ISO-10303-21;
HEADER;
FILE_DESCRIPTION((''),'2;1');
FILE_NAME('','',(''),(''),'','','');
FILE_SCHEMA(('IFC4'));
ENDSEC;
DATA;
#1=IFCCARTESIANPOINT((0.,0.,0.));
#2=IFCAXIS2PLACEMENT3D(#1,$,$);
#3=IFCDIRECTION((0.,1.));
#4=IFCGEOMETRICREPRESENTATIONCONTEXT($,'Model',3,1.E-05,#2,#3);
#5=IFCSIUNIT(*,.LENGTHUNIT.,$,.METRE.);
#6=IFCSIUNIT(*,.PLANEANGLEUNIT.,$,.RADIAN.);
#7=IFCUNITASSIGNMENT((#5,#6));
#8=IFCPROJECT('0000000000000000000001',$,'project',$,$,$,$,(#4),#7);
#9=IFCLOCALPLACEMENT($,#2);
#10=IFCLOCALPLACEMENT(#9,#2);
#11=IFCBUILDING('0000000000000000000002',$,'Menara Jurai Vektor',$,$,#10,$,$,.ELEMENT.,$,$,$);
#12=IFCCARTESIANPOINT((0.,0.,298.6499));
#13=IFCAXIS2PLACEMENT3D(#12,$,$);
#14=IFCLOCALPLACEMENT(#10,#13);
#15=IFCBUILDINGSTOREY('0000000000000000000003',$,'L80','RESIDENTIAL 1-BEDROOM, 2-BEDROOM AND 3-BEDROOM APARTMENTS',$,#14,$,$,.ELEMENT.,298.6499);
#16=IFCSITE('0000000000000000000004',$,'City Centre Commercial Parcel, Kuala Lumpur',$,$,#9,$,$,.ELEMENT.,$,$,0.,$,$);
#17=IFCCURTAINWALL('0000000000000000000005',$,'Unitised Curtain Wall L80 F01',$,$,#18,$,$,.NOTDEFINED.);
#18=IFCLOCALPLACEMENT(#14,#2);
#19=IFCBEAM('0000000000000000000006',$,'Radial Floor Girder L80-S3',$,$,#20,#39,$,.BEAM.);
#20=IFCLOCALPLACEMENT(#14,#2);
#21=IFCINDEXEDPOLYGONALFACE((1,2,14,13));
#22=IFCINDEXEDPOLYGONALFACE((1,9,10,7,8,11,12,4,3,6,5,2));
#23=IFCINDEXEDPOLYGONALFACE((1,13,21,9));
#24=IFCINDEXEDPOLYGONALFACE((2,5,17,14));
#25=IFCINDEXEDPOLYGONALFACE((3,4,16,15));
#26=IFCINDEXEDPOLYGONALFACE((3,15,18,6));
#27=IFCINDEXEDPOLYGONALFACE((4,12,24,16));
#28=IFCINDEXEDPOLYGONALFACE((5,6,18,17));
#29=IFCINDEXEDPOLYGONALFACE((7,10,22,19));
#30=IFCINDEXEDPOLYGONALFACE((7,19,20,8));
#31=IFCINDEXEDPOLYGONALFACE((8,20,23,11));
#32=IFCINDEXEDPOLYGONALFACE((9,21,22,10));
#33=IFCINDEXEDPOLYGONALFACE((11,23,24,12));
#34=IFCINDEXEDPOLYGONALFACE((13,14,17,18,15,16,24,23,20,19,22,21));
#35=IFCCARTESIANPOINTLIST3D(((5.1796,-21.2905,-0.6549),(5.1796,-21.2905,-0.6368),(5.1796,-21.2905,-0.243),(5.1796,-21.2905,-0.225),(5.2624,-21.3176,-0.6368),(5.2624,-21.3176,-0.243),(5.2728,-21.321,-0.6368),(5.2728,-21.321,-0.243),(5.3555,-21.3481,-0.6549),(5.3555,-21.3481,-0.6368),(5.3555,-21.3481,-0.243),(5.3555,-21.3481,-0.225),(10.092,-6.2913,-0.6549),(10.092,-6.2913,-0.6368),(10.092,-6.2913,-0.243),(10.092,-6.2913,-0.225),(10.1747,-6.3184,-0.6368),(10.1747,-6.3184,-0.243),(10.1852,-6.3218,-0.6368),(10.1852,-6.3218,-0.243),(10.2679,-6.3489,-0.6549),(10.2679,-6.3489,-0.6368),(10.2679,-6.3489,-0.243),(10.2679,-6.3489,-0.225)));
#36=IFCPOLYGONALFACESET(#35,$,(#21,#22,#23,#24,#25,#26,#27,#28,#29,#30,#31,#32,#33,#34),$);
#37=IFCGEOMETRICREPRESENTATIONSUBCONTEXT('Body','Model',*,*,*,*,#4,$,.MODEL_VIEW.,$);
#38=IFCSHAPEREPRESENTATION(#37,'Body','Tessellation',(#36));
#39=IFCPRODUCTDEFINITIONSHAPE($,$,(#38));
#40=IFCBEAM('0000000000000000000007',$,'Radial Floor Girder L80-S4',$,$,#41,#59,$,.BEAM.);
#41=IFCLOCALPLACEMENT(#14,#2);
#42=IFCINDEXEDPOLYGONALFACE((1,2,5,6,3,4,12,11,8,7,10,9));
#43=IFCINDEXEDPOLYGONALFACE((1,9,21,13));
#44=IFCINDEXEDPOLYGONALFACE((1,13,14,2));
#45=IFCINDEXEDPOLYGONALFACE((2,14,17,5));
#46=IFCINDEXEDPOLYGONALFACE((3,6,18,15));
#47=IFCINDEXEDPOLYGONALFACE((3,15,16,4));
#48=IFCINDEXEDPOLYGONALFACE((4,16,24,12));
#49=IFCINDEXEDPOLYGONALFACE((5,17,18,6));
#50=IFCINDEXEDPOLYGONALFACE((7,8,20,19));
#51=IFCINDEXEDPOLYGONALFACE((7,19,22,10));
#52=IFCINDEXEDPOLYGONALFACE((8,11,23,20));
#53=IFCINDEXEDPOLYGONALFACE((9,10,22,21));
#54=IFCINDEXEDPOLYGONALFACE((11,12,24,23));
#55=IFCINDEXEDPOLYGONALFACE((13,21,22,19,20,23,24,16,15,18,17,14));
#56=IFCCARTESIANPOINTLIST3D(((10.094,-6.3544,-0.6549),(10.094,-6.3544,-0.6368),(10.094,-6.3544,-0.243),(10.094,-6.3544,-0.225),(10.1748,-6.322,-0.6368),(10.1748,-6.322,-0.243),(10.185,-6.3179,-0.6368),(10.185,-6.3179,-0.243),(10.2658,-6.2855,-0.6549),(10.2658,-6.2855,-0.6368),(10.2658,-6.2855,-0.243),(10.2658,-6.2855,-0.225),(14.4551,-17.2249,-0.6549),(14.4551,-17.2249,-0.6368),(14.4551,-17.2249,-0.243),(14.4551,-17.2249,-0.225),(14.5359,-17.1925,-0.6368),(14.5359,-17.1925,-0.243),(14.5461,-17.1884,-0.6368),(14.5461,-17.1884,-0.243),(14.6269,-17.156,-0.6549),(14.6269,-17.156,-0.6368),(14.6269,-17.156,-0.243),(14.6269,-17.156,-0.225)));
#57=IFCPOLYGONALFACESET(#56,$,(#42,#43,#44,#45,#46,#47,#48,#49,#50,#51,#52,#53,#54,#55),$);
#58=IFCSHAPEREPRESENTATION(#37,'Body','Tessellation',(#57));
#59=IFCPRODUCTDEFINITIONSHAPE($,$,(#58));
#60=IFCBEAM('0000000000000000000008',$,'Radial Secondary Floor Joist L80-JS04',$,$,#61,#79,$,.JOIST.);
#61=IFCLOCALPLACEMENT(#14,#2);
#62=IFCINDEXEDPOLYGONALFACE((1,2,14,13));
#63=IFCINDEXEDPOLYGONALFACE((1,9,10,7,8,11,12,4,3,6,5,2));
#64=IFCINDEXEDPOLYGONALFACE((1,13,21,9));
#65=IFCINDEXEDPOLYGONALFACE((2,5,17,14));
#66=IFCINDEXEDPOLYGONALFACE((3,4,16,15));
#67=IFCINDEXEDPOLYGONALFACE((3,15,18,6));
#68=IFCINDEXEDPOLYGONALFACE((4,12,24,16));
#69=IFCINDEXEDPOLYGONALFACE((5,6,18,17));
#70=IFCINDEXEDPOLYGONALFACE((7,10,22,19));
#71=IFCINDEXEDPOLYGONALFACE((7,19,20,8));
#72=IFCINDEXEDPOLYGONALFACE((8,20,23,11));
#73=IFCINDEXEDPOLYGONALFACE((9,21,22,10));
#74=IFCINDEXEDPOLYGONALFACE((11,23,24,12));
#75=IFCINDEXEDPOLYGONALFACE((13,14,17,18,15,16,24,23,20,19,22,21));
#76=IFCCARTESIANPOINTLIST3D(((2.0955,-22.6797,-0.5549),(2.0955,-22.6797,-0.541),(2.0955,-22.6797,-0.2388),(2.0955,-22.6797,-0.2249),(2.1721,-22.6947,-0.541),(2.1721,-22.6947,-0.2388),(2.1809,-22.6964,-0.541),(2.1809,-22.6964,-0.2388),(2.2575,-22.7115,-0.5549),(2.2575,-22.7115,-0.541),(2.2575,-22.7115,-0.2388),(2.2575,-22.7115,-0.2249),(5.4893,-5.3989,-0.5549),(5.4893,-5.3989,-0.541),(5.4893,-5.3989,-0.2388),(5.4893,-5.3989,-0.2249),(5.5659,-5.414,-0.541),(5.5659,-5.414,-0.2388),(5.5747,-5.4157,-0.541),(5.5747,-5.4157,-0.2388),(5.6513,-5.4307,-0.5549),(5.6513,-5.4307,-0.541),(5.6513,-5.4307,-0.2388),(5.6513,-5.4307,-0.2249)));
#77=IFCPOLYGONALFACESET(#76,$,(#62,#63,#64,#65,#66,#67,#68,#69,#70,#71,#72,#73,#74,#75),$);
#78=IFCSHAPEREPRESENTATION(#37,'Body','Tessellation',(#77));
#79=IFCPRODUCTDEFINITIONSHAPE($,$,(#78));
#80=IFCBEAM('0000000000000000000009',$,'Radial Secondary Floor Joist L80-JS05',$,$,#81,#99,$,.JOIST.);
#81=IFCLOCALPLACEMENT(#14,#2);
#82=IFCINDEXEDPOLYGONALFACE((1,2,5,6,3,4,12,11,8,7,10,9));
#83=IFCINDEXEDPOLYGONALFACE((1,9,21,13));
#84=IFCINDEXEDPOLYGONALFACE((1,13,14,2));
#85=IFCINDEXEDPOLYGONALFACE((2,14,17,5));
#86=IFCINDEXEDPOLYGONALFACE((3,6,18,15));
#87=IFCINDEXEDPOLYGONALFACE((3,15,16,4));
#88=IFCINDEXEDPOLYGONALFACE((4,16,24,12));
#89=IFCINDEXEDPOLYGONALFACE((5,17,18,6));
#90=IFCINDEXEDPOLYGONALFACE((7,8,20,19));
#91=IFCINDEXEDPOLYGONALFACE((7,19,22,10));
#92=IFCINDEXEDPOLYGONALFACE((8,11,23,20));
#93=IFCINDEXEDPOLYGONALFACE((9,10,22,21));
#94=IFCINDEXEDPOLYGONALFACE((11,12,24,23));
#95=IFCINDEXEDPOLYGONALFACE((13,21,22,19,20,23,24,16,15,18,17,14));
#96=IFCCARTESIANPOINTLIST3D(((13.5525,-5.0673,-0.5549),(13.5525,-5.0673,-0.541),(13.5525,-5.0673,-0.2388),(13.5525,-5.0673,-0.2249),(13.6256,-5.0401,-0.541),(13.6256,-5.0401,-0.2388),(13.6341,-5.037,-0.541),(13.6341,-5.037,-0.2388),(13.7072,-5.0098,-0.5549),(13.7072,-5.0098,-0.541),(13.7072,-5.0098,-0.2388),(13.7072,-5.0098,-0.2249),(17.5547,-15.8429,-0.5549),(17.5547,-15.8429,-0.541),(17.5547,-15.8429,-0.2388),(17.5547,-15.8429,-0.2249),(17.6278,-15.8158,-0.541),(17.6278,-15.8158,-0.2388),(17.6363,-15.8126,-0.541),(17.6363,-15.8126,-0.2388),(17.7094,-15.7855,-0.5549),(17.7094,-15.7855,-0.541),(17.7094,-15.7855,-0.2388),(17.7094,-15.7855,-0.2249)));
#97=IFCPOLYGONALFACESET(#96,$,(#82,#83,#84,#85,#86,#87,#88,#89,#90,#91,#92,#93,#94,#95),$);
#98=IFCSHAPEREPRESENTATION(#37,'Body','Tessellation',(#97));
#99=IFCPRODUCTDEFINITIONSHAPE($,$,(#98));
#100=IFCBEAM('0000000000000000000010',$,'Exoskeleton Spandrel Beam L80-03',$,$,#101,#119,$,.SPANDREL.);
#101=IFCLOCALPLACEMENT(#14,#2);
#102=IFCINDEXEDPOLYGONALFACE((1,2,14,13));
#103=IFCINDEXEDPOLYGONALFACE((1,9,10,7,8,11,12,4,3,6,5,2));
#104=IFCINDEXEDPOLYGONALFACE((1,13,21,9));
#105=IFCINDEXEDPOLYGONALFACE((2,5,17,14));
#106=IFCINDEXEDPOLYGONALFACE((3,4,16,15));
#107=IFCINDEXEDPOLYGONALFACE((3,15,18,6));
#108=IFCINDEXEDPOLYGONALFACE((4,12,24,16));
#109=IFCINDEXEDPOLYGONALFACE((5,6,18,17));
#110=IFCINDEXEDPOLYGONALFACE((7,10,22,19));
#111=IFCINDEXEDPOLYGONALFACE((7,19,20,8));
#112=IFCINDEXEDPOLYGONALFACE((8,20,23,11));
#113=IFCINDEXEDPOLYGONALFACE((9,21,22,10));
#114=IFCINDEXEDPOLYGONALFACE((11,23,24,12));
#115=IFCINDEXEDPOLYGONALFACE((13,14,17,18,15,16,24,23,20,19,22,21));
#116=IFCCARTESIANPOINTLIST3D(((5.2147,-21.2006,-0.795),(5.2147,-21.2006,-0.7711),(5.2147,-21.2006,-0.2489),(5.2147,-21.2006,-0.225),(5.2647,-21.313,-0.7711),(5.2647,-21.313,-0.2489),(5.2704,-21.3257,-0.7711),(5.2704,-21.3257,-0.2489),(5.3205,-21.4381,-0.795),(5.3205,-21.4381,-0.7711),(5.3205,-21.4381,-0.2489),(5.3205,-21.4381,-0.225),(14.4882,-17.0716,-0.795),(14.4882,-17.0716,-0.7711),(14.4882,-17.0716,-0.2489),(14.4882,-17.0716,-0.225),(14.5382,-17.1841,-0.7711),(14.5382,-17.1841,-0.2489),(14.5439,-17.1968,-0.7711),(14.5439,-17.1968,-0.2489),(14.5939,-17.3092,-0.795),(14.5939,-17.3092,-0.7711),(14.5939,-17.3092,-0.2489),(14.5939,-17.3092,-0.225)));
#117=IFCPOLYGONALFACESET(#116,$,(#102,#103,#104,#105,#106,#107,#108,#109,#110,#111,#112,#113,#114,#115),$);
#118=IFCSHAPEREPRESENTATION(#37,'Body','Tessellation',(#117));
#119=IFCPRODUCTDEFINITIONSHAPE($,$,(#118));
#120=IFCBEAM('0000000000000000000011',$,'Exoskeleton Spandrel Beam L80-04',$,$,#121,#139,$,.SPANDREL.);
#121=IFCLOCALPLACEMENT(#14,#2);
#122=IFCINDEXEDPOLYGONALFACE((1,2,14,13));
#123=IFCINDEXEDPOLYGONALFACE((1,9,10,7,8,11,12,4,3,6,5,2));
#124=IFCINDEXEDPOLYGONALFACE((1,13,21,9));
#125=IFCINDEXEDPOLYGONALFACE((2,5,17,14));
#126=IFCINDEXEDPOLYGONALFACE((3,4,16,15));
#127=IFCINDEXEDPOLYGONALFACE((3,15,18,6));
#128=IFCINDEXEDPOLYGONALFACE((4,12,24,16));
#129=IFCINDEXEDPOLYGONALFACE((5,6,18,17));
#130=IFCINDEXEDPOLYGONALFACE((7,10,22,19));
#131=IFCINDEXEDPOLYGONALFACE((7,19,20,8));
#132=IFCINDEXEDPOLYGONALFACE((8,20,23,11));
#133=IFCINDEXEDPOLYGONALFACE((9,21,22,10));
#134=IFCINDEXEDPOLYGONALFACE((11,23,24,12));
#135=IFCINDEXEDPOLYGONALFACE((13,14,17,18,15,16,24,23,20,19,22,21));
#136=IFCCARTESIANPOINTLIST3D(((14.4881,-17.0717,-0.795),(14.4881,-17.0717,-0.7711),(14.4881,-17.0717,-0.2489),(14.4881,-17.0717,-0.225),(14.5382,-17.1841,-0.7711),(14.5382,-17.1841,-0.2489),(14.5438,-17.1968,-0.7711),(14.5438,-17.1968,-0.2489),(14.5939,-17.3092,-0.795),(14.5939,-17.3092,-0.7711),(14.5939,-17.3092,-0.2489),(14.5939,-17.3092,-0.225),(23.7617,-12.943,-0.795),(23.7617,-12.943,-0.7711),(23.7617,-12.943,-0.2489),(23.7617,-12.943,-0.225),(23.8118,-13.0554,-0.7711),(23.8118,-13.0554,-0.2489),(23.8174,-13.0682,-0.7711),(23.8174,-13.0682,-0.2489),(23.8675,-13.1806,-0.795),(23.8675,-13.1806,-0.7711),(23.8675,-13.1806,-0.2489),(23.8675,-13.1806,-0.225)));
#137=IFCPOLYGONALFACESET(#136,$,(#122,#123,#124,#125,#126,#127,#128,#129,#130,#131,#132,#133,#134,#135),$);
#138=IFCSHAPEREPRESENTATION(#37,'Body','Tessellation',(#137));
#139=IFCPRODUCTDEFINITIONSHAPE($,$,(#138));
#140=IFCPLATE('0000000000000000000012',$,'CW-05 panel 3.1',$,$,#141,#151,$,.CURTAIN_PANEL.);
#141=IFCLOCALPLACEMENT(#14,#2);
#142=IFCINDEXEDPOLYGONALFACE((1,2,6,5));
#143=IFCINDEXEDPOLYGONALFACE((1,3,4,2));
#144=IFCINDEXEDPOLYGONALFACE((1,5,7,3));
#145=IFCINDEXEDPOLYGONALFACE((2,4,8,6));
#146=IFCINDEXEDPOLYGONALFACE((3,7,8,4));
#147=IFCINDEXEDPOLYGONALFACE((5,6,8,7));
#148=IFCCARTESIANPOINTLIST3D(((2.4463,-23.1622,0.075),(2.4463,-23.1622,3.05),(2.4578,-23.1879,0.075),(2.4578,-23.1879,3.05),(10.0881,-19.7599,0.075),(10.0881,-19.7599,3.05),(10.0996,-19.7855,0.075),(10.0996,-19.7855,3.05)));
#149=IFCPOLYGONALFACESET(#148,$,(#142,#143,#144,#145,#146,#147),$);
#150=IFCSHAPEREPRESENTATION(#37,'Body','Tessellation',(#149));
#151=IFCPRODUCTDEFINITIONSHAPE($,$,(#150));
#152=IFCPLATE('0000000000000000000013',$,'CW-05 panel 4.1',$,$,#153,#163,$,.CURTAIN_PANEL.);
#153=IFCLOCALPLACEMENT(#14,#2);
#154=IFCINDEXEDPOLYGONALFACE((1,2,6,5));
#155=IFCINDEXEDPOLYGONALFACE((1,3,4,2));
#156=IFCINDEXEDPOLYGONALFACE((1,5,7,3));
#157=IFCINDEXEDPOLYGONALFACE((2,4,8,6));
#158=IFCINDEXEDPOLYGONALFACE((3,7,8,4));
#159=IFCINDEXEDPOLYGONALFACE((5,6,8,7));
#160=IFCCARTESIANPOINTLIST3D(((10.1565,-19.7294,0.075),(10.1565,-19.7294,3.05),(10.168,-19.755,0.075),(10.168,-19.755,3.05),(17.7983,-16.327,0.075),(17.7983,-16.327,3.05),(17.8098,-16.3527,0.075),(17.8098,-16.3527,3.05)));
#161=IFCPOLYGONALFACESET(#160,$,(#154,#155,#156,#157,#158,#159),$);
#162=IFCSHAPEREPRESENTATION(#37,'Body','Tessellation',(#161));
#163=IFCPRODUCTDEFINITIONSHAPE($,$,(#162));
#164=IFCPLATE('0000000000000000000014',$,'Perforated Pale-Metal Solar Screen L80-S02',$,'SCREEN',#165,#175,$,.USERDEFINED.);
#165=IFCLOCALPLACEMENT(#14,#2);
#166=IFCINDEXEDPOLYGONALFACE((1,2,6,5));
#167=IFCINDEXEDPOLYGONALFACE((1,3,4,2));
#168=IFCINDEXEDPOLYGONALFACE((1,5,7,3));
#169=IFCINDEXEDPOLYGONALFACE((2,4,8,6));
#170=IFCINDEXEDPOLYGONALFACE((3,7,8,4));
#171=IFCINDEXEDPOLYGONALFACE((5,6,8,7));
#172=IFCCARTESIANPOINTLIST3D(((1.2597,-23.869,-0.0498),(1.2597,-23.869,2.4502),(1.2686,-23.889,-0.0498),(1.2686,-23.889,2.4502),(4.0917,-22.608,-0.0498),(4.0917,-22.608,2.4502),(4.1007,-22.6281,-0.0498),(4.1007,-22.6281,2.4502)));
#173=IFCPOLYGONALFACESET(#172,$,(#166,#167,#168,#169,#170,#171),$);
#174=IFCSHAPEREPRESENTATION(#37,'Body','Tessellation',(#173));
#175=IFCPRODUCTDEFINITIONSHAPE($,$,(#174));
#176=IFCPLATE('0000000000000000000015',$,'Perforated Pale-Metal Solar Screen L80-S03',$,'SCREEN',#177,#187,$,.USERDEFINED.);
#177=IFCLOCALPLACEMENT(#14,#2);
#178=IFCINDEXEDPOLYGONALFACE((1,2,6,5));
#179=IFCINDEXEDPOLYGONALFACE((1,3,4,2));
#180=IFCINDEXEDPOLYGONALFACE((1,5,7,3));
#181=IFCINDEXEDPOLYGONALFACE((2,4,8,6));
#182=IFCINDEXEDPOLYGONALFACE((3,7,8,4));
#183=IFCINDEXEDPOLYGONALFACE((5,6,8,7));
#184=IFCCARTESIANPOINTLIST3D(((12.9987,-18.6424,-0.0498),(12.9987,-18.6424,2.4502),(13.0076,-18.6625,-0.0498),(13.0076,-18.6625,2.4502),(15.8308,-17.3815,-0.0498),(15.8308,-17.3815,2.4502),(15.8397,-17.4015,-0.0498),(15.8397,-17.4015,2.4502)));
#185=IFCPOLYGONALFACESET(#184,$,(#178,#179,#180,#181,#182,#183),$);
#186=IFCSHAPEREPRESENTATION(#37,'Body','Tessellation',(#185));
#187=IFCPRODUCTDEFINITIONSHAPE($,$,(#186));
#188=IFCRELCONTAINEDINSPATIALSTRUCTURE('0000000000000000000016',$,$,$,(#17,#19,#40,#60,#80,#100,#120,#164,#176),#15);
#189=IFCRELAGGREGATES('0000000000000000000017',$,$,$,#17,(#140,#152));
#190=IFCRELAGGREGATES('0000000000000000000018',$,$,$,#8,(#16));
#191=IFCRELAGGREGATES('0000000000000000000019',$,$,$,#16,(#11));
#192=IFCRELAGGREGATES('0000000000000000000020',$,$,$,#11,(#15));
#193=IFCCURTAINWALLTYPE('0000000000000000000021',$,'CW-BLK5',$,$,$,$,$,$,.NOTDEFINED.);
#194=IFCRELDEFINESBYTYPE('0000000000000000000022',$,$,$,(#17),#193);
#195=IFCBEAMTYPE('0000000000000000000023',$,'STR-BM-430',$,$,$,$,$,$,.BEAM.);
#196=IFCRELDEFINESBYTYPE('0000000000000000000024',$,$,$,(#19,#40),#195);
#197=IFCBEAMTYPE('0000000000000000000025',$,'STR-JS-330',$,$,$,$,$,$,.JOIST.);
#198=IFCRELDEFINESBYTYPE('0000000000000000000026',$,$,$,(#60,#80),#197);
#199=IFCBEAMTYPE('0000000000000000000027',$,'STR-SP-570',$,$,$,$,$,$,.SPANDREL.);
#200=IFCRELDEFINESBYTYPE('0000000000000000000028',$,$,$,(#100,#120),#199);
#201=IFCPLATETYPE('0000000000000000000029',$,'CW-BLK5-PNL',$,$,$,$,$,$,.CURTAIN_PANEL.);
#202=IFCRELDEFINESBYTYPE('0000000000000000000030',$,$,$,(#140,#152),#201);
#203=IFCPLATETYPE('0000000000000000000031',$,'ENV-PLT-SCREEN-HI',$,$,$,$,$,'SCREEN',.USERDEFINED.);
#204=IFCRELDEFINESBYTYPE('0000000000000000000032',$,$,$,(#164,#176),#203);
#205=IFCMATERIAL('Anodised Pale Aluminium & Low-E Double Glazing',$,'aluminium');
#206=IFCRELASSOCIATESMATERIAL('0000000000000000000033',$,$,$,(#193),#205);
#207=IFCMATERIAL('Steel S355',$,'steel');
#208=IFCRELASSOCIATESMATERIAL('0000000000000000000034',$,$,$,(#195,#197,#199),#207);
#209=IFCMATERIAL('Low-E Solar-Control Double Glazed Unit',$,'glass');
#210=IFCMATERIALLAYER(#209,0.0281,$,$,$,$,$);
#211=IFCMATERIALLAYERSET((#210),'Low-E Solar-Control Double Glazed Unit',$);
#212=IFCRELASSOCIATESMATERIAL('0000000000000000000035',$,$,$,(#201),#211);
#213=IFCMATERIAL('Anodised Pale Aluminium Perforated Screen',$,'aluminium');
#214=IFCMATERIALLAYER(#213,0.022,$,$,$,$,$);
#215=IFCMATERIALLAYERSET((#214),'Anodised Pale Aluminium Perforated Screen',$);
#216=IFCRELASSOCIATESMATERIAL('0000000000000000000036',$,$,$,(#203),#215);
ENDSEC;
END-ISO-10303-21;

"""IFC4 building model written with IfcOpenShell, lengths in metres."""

from ifc_helpers import new_model, si_unit, direction, frame, origin, origin_2d, place, context, subcontext, project, spatial, rectangle, i_section, extrude, material, layer, layer_set, material_profile, profile_set, type_object, element, aggregate, save


model = new_model("IFC4")

# Units and contexts
model_context = context("Model", 3, precision=1e-05, world=origin(), true_north=direction((0.0, 1.0)))
body_context = subcontext(model_context, "Body", "Model", "MODEL_VIEW")
ifc_project = project(units=[si_unit("LENGTHUNIT", "METRE"), si_unit("PLANEANGLEUNIT", "RADIAN")], contexts=[model_context])

# Site, building, storey
site_placement = place(None, origin())
site = spatial("IfcSite", under=ifc_project, at=site_placement, Name="City Centre Commercial Parcel, Kuala Lumpur", CompositionType="ELEMENT", RefElevation=0.0)
building_placement = place(site_placement, origin())
building = spatial("IfcBuilding", under=site, at=building_placement, Name="Menara Jurai Vektor", CompositionType="ELEMENT")
storey_placement = place(building_placement, frame((0.0, 0.0, 298.6499)))
storey = spatial("IfcBuildingStorey", under=building, at=storey_placement, Name="L80", Description="RESIDENTIAL 1-BEDROOM, 2-BEDROOM AND 3-BEDROOM APARTMENTS", CompositionType="ELEMENT", Elevation=298.6499)

# Curtain wall
ifc_material_1 = material(Name="Anodised Pale Aluminium & Low-E Double Glazing", Category="aluminium")
curtain_wall_type = type_object("IfcCurtainWallType", Name="CW-BLK5", PredefinedType="NOTDEFINED", material=ifc_material_1)
curtain_wall_placement = place(storey_placement, origin())
curtain_wall = element("IfcCurtainWall", 1, at=curtain_wall_placement, inside=storey, type_object=curtain_wall_type, Name="Unitised Curtain Wall L80 F01", PredefinedType="NOTDEFINED")

# Beams
ifc_material_2 = material(Name="Steel S355", Category="steel")
ifc_material_profile_1 = material_profile(ifc_material_2, i_section(OverallWidth=0.1851, OverallDepth=0.4299, WebThickness=0.011, FlangeThickness=0.0181, at=origin_2d()), Name="PG 430x185x76")
ifc_profile_set_1 = profile_set([ifc_material_profile_1], Name="Steel S355")
beam_type_1 = type_object("IfcBeamType", Name="STR-BM-430", PredefinedType="BEAM", material=ifc_profile_set_1)
beam_1_placement = place(storey_placement, frame((5.2676, -21.3193, -0.4399), z_axis=(0.311239, 0.950332, 0.0), x_axis=(-0.950332, 0.311239, 0.0)))
element("IfcBeam", 2, at=beam_1_placement, inside=storey, type_object=beam_type_1, Name="Radial Floor Girder L80-S3", PredefinedType="BEAM", context=body_context, shape_type="SweptSolid", body=[
    extrude(i_section(OverallWidth=0.1851, OverallDepth=0.4299, WebThickness=0.011, FlangeThickness=0.0181, at=origin_2d()), origin(), (0.0, 0.0, 1.0), 15.7832),
])
beam_2_placement = place(storey_placement, frame((14.541, -17.1904, -0.4399), z_axis=(-0.372343, 0.928095, 0.0), x_axis=(-0.928095, -0.372343, 0.0)))
element("IfcBeam", 3, at=beam_2_placement, inside=storey, type_object=beam_type_1, Name="Radial Floor Girder L80-S4", PredefinedType="BEAM", context=body_context, shape_type="SweptSolid", body=[
    extrude(i_section(OverallWidth=0.1851, OverallDepth=0.4299, WebThickness=0.011, FlangeThickness=0.0181, at=origin_2d()), origin(), (0.0, 0.0, 1.0), 11.7126),
])
ifc_material_profile_2 = material_profile(ifc_material_2, i_section(OverallWidth=0.165, OverallDepth=0.3301, WebThickness=0.009, FlangeThickness=0.0139, at=origin_2d()), Name="PG 330x165x46")
ifc_profile_set_2 = profile_set([ifc_material_profile_2], Name="Steel S355")
beam_type_2 = type_object("IfcBeamType", Name="STR-JS-330", PredefinedType="JOIST", material=ifc_profile_set_2)
beam_3_placement = place(storey_placement, frame((2.1765, -22.6956, -0.3899), z_axis=(0.192711, 0.981256, 0.0), x_axis=(-0.981256, 0.192711, 0.0)))
element("IfcBeam", 4, at=beam_3_placement, inside=storey, type_object=beam_type_2, Name="Radial Secondary Floor Joist L80-JS04", PredefinedType="JOIST", context=body_context, shape_type="SweptSolid", body=[
    extrude(i_section(OverallWidth=0.165, OverallDepth=0.3301, WebThickness=0.009, FlangeThickness=0.0139, at=origin_2d()), origin(), (0.0, 0.0, 1.0), 17.6108),
])
beam_4_placement = place(storey_placement, frame((17.6321, -15.8142, -0.3899), z_axis=(-0.348173, 0.93743, 0.0), x_axis=(-0.93743, -0.348173, 0.0)))
element("IfcBeam", 5, at=beam_4_placement, inside=storey, type_object=beam_type_2, Name="Radial Secondary Floor Joist L80-JS05", PredefinedType="JOIST", context=body_context, shape_type="SweptSolid", body=[
    extrude(i_section(OverallWidth=0.165, OverallDepth=0.3301, WebThickness=0.009, FlangeThickness=0.0139, at=origin_2d()), origin(), (0.0, 0.0, 1.0), 11.4949),
])
ifc_material_profile_3 = material_profile(ifc_material_2, i_section(OverallWidth=0.26, OverallDepth=0.5701, WebThickness=0.0139, FlangeThickness=0.0239, at=origin_2d()), Name="PG 570x260x145")
ifc_profile_set_3 = profile_set([ifc_material_profile_3], Name="Steel S355")
beam_type_3 = type_object("IfcBeamType", Name="STR-SP-570", PredefinedType="SPANDREL", material=ifc_profile_set_3)
for number, where, z_axis, x_axis, name in (
    (6, (5.2676, -21.3193, -0.51), (0.913542, 0.406745, 0.0), (-0.406745, 0.913542, 0.0), "Exoskeleton Spandrel Beam L80-03"),
    (7, (14.541, -17.1904, -0.51), (0.913554, 0.406716, 0.0), (-0.406716, 0.913554, 0.0), "Exoskeleton Spandrel Beam L80-04"),
):
    element("IfcBeam", number, at=place(storey_placement, frame(where, z_axis=z_axis, x_axis=x_axis)), inside=storey, type_object=beam_type_3, Name=name, PredefinedType="SPANDREL", context=body_context, shape_type="SweptSolid", body=[
        extrude(i_section(OverallWidth=0.26, OverallDepth=0.5701, WebThickness=0.0139, FlangeThickness=0.0239, at=origin_2d()), origin(), (0.0, 0.0, 1.0), 10.1511),
    ])

# Plates
ifc_material_3 = material(Name="Low-E Solar-Control Double Glazed Unit", Category="glass")
ifc_layer_1 = layer(ifc_material_3, 0.0281)
ifc_layer_set_1 = layer_set([ifc_layer_1], Name="Low-E Solar-Control Double Glazed Unit")
plate_type_1 = type_object("IfcPlateType", Name="CW-BLK5-PNL", PredefinedType="CURTAIN_PANEL", material=ifc_layer_set_1)
plate_1_placement = place(storey_placement, frame((6.2729, -21.4739, 0.075), z_axis=(0.0, 0.0, 1.0), x_axis=(0.913546, 0.406735, 0.0)))
plate_1 = element("IfcPlate", 8, at=plate_1_placement, type_object=plate_type_1, Name="CW-05 panel 3.1", PredefinedType="CURTAIN_PANEL", context=body_context, shape_type="SweptSolid", body=[
    extrude(rectangle(XDim=8.365, YDim=0.0281, at=origin_2d()), origin(), (0.0, 0.0, 1.0), 2.9751),
])
plate_2_placement = place(storey_placement, frame((13.9832, -18.041, 0.075), z_axis=(0.0, 0.0, 1.0), x_axis=(0.913546, 0.406735, 0.0)))
plate_2 = element("IfcPlate", 9, at=plate_2_placement, type_object=plate_type_1, Name="CW-05 panel 4.1", PredefinedType="CURTAIN_PANEL", context=body_context, shape_type="SweptSolid", body=[
    extrude(rectangle(XDim=8.365, YDim=0.0281, at=origin_2d()), origin(), (0.0, 0.0, 1.0), 2.9751),
])
aggregate(curtain_wall, [plate_1, plate_2])

# Plates
ifc_material_4 = material(Name="Anodised Pale Aluminium Perforated Screen", Category="aluminium")
ifc_layer_2 = layer(ifc_material_4, 0.022)
ifc_layer_set_2 = layer_set([ifc_layer_2], Name="Anodised Pale Aluminium Perforated Screen")
plate_type_2 = type_object("IfcPlateType", Name="ENV-PLT-SCREEN-HI", ElementType="SCREEN", PredefinedType="USERDEFINED", material=ifc_layer_set_2)
for number, where, z_axis, x_axis, name in (
    (10, (2.6802, -23.2485, -0.0498), (0.0, 0.0, 1.0), (0.913545, 0.406737, 0.0), "Perforated Pale-Metal Solar Screen L80-S02"),
    (11, (14.4192, -18.022, -0.0498), (0.0, 0.0, 1.0), (0.913545, 0.406737, 0.0), "Perforated Pale-Metal Solar Screen L80-S03"),
):
    element("IfcPlate", number, at=place(storey_placement, frame(where, z_axis=z_axis, x_axis=x_axis)), inside=storey, type_object=plate_type_2, Name=name, ObjectType="SCREEN", PredefinedType="USERDEFINED", context=body_context, shape_type="SweptSolid", body=[
        extrude(rectangle(XDim=3.1001, YDim=0.022, at=origin_2d()), origin(), (0.0, 0.0, 1.0), 2.5),
    ])

save(model, "model.ifc")
